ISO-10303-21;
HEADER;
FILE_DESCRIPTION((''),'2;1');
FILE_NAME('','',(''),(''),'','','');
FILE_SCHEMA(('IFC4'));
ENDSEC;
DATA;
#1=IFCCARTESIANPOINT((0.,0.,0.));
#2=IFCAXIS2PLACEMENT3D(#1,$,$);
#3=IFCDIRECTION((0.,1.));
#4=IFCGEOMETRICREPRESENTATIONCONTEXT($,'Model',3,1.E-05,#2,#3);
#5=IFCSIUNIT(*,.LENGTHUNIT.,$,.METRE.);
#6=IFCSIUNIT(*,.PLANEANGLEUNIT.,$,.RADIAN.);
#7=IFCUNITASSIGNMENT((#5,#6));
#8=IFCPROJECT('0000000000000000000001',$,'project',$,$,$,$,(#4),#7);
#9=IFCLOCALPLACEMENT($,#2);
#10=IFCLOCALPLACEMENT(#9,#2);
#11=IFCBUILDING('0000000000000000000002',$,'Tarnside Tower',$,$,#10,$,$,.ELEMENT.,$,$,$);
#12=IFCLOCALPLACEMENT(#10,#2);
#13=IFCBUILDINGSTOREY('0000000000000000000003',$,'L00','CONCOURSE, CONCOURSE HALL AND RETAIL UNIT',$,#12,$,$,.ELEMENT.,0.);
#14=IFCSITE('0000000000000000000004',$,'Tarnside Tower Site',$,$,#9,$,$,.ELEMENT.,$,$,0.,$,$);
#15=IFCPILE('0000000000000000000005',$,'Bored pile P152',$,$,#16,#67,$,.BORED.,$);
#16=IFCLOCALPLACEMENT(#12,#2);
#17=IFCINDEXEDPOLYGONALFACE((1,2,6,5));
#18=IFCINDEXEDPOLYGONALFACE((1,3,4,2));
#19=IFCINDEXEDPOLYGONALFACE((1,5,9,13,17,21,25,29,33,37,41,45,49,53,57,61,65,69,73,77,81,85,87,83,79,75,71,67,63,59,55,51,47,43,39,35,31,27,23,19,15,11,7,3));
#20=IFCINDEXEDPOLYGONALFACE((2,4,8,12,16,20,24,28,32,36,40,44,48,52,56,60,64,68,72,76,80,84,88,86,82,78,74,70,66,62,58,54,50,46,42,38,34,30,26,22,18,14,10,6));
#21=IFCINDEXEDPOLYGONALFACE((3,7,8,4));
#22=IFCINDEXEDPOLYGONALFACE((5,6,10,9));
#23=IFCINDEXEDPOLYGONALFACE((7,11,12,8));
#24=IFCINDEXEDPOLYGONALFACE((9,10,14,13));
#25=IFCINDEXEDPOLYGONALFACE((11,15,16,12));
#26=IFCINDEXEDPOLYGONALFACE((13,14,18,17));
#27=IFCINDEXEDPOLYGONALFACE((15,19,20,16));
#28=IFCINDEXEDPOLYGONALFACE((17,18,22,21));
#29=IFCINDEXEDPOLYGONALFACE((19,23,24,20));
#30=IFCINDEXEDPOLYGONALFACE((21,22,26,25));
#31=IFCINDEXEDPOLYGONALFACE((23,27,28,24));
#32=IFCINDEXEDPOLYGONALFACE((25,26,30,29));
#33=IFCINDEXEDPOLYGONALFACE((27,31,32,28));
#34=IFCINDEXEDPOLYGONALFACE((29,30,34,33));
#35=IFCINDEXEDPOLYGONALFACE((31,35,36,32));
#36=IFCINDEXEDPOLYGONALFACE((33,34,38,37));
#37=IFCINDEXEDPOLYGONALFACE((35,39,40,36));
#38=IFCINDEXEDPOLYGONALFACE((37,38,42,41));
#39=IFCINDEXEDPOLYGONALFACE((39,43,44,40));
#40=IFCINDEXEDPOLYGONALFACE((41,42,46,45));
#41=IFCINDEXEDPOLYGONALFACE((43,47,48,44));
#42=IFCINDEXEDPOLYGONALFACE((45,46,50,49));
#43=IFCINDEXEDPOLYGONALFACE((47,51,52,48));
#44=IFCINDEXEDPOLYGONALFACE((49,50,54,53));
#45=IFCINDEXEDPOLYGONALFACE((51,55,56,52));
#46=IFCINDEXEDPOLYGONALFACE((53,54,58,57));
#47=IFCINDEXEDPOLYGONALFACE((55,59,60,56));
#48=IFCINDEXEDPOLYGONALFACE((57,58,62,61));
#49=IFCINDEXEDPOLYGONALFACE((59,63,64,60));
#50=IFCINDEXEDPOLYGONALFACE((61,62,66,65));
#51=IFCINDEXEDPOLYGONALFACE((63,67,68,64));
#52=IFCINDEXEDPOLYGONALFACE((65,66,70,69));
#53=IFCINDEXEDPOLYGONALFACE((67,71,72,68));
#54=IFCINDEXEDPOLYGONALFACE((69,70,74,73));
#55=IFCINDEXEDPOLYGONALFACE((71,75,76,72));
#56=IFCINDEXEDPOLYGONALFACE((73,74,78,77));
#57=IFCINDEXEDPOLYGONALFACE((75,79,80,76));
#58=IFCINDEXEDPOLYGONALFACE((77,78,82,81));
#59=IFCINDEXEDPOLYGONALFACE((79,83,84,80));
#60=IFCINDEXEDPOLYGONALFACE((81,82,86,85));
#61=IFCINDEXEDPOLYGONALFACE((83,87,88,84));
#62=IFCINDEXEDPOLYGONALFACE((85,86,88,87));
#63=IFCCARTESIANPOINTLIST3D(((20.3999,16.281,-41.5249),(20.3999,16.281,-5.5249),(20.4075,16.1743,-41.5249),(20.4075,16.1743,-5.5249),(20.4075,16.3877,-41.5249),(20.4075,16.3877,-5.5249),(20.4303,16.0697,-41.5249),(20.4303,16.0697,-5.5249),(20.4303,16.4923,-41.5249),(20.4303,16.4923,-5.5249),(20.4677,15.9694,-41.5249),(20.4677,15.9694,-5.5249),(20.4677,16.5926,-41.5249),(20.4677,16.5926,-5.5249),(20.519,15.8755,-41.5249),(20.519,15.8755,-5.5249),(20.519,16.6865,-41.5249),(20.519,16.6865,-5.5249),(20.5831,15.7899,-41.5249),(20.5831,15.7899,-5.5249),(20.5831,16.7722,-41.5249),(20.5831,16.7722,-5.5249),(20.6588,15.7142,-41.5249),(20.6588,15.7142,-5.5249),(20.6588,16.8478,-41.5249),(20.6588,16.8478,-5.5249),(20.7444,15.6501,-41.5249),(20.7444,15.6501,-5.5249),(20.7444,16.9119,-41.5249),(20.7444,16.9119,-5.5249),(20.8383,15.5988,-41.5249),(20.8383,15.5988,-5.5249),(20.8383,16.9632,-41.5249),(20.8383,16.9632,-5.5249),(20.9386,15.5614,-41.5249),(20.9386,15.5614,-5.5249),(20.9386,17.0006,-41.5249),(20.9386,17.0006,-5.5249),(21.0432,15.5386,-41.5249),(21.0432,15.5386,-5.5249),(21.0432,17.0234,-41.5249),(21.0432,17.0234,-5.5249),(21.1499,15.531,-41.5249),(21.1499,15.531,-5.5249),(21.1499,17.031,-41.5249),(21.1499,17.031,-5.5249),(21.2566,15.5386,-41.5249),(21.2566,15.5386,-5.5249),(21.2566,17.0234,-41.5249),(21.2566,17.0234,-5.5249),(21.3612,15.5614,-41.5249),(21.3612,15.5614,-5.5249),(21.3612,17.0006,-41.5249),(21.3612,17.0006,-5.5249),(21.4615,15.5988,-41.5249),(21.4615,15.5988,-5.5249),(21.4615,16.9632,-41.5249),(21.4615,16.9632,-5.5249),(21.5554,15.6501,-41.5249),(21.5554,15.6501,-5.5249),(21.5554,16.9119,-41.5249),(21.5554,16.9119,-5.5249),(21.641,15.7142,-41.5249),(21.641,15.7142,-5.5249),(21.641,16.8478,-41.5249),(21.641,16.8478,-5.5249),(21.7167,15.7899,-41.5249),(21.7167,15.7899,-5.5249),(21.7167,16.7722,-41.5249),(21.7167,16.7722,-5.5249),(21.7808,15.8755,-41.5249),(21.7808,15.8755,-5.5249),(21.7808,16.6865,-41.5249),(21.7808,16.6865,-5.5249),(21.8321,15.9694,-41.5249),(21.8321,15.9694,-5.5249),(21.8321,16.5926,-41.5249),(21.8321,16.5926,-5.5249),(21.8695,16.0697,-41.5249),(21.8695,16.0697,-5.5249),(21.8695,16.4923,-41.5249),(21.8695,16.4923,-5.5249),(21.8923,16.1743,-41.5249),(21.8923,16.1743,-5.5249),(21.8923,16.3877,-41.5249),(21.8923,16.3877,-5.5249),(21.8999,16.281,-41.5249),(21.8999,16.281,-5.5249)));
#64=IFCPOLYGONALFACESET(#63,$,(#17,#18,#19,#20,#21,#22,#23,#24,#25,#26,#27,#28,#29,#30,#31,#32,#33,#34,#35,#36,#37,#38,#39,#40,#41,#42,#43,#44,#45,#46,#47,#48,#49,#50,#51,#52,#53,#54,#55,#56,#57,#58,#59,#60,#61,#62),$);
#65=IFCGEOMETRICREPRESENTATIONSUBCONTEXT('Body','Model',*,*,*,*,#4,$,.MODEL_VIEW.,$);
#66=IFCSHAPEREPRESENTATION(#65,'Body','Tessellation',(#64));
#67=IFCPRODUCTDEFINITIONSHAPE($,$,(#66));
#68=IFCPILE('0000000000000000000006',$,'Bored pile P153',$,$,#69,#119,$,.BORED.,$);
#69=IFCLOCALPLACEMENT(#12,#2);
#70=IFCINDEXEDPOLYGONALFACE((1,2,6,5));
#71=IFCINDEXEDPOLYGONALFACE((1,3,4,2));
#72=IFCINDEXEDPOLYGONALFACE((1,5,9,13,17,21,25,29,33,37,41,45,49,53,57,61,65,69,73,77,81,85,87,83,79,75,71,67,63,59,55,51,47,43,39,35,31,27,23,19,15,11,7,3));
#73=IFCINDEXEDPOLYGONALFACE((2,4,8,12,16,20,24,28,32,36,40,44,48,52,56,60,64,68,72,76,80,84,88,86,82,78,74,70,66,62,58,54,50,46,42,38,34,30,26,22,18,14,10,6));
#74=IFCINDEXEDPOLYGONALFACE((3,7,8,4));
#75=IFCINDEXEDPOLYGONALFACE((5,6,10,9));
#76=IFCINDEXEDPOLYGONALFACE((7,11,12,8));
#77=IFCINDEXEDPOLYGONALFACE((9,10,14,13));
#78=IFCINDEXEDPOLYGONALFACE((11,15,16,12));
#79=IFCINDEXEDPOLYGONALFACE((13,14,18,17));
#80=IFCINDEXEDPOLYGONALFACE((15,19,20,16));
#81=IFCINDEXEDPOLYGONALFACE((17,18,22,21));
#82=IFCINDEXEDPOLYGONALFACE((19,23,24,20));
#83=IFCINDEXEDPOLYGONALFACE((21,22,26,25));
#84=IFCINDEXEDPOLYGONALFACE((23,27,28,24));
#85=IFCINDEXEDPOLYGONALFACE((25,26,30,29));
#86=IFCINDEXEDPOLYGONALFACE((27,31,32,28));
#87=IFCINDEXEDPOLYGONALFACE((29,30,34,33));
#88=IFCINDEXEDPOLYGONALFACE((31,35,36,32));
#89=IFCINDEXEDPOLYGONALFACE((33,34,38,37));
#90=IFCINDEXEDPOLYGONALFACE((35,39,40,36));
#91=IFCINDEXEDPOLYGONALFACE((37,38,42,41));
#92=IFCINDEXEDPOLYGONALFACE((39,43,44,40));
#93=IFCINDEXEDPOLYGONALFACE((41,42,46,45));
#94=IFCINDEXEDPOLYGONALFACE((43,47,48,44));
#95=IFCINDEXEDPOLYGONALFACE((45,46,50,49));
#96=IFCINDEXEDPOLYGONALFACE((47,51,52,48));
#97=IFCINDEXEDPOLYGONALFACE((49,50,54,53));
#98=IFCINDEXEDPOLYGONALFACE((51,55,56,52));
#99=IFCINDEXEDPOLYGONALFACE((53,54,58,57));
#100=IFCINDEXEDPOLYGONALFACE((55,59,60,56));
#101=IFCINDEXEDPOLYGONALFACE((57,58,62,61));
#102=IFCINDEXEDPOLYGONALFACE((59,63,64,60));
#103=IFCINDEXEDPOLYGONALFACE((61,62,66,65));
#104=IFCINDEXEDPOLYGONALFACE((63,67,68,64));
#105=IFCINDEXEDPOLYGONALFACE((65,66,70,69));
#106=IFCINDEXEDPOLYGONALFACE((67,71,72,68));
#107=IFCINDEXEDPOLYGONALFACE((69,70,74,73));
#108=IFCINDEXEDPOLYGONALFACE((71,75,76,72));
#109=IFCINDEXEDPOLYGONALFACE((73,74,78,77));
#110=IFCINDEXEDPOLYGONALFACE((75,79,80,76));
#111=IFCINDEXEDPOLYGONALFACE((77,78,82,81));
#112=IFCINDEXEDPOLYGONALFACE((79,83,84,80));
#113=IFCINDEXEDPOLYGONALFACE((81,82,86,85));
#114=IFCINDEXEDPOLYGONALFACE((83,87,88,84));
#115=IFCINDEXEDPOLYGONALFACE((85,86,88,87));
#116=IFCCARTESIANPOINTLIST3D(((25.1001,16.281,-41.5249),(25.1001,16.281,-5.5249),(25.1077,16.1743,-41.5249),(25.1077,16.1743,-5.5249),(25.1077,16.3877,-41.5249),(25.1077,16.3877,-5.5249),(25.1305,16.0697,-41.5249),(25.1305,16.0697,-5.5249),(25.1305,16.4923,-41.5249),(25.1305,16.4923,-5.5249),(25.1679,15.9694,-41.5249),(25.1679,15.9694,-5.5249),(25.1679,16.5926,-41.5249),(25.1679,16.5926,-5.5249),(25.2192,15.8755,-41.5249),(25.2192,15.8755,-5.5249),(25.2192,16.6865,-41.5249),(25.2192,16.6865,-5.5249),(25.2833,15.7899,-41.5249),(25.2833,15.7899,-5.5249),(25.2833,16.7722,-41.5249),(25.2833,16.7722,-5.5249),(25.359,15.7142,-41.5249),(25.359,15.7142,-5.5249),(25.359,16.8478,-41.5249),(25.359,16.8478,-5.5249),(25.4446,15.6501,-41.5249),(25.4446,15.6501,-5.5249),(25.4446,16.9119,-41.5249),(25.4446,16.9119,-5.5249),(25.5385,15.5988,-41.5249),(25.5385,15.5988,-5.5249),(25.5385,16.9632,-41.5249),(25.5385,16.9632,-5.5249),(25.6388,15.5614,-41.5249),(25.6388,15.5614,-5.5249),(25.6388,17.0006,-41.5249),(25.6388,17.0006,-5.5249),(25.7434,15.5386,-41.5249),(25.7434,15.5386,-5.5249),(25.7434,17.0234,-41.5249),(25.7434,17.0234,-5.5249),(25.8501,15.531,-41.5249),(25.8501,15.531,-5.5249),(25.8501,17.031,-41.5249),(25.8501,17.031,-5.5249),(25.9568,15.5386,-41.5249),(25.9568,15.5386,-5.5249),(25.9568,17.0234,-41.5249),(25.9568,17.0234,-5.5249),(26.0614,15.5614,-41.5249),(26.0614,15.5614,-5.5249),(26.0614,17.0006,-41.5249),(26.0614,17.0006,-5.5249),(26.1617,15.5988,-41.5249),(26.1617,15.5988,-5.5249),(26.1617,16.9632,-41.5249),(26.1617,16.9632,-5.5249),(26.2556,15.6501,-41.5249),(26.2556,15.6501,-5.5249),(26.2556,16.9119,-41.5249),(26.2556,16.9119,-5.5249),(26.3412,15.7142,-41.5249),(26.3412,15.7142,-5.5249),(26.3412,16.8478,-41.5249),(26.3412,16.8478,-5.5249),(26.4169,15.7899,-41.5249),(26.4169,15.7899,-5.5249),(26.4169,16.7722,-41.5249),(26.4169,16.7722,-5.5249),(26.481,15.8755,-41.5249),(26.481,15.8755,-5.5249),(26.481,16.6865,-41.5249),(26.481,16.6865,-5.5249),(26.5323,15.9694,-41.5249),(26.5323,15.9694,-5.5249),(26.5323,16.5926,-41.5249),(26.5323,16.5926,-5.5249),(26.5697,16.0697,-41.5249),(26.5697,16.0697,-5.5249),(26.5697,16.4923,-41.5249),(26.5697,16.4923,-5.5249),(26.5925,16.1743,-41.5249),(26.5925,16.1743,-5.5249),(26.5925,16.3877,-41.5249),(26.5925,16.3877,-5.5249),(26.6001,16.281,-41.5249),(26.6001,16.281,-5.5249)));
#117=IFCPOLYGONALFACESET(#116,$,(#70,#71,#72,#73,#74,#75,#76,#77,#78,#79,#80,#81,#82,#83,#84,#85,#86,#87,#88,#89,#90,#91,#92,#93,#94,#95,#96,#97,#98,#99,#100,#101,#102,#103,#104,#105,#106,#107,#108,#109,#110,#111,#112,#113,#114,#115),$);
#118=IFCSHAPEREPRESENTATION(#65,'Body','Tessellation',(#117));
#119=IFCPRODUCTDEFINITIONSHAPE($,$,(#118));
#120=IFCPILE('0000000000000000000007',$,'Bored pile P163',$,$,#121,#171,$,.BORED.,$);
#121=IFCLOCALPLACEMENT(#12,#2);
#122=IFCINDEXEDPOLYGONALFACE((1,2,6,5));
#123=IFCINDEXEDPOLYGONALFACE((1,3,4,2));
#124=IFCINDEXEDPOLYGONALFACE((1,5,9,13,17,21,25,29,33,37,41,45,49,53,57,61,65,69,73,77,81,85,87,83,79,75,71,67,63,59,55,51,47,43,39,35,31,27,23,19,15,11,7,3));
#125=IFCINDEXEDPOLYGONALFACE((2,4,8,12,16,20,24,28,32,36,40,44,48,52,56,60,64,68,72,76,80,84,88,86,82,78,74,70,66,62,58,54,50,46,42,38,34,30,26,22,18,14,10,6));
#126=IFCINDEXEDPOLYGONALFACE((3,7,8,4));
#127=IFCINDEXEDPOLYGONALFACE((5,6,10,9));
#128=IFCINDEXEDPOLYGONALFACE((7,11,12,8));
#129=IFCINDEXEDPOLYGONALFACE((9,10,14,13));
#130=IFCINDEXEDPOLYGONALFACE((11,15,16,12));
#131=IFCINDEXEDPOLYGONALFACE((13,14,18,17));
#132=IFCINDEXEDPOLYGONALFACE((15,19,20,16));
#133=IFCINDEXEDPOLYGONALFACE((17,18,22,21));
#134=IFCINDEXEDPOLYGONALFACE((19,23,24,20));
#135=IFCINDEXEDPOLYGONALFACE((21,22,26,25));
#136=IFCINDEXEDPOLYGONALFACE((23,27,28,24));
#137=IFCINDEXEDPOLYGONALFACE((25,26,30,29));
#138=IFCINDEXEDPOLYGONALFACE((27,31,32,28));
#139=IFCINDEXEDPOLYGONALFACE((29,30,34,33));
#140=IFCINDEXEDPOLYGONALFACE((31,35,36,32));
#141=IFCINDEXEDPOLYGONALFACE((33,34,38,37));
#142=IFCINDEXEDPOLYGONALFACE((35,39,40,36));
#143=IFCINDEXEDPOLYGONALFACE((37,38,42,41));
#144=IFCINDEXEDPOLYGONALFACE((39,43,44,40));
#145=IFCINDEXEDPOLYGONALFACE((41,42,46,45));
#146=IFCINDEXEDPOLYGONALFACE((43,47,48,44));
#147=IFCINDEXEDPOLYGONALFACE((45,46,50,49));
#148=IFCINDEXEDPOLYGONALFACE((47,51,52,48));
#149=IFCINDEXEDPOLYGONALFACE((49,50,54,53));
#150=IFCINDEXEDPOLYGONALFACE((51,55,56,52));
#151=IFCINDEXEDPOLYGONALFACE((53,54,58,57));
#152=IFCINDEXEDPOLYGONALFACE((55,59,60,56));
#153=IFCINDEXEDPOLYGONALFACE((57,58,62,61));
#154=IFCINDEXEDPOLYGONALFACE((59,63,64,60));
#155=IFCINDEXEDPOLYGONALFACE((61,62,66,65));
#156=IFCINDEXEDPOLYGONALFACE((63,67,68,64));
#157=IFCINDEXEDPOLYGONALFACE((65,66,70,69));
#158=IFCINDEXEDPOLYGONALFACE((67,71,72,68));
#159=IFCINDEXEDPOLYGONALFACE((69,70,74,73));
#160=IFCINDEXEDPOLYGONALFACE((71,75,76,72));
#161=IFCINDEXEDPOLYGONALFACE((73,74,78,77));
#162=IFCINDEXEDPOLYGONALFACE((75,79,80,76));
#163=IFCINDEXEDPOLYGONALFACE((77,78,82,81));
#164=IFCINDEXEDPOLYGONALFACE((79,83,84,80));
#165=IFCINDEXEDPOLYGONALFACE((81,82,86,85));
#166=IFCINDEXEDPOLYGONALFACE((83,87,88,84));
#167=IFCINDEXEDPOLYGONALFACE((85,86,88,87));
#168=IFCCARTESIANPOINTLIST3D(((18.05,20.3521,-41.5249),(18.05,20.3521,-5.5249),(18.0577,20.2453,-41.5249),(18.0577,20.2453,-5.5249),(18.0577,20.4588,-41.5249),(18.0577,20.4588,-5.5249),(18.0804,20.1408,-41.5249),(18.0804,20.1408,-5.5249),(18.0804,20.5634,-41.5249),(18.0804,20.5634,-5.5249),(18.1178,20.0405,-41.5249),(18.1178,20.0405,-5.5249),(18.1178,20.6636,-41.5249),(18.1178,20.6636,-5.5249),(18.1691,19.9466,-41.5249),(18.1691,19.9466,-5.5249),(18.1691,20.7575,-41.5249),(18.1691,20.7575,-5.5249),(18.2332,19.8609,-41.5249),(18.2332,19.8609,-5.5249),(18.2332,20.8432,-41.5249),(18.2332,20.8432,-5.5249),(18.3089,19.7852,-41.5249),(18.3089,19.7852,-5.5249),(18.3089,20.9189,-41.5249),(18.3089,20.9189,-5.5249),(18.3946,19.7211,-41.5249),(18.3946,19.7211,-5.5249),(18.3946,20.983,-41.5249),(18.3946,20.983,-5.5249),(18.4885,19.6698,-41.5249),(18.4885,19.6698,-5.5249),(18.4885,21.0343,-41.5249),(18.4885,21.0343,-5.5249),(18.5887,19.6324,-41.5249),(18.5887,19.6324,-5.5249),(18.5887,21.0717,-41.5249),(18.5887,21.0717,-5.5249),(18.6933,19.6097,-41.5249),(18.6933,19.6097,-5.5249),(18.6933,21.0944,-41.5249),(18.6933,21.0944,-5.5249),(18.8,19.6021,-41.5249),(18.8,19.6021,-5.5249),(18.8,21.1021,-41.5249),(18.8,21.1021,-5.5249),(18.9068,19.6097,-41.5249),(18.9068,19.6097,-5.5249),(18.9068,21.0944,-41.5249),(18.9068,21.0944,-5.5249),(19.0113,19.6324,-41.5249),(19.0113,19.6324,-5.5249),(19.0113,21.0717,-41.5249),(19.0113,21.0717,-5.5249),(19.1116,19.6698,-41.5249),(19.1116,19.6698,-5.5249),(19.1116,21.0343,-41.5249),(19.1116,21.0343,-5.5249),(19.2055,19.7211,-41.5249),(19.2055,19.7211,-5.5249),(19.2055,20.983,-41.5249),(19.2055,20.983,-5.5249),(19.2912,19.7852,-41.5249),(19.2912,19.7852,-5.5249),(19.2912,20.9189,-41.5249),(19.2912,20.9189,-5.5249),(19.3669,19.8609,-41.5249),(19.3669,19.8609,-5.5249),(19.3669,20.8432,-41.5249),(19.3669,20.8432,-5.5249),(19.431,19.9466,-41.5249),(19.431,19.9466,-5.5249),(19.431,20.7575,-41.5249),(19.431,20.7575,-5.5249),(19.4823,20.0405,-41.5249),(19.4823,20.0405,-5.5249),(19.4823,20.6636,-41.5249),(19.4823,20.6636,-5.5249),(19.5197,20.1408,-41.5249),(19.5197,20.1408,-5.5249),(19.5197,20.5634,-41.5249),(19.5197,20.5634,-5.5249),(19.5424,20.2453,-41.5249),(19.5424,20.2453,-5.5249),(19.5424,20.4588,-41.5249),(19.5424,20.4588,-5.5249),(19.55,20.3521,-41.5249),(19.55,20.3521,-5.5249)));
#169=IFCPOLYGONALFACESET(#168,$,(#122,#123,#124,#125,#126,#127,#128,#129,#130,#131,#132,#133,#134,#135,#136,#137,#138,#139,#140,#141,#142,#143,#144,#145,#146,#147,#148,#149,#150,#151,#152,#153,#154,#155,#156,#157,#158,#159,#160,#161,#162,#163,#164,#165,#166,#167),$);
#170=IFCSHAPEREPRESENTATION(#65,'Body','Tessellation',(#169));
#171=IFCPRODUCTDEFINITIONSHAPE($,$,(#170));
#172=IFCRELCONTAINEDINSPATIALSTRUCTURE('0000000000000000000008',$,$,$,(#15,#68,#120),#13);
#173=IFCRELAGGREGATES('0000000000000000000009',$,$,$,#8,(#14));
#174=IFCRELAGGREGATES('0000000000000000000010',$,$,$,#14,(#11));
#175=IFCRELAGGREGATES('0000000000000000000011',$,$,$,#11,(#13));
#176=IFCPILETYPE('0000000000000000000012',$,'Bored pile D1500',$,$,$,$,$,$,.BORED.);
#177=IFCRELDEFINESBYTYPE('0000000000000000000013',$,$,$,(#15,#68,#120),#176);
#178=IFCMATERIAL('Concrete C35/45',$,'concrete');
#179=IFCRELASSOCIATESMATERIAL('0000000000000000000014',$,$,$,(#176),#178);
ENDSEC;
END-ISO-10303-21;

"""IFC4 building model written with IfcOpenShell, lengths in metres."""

from ifc_helpers import new_model, si_unit, direction, frame, origin, origin_2d, place, context, subcontext, project, spatial, circle, extrude, material, material_profile, profile_set, type_object, element, save


model = new_model("IFC4")

# Units and contexts
model_context = context("Model", 3, precision=1e-05, world=origin(), true_north=direction((0.0, 1.0)))
body_context = subcontext(model_context, "Body", "Model", "MODEL_VIEW")
ifc_project = project(units=[si_unit("LENGTHUNIT", "METRE"), si_unit("PLANEANGLEUNIT", "RADIAN")], contexts=[model_context])

# Site, building, storey
site_placement = place(None, origin())
site = spatial("IfcSite", under=ifc_project, at=site_placement, Name="Tarnside Tower Site", CompositionType="ELEMENT", RefElevation=0.0)
building_placement = place(site_placement, origin())
building = spatial("IfcBuilding", under=site, at=building_placement, Name="Tarnside Tower", CompositionType="ELEMENT")
storey_placement = place(building_placement, origin())
storey = spatial("IfcBuildingStorey", under=building, at=storey_placement, Name="L00", Description="CONCOURSE, CONCOURSE HALL AND RETAIL UNIT", CompositionType="ELEMENT", Elevation=0.0)

# Piles
ifc_material_1 = material(Name="Concrete C35/45", Category="concrete")
ifc_material_profile_1 = material_profile(ifc_material_1, circle(Radius=0.75, at=origin_2d()), Name="Bored pile D1500")
ifc_profile_set_1 = profile_set([ifc_material_profile_1], Name="Concrete C35/45")
pile_type = type_object("IfcPileType", Name="Bored pile D1500", PredefinedType="BORED", material=ifc_profile_set_1)
for number, where, z_axis, x_axis, name in (
    (1, (21.1499, 16.281, -5.5249), (0.0, 0.0, -1.0), (1.0, 0.0, 0.0), "Bored pile P152"),
    (2, (25.8501, 16.281, -5.5249), (0.0, 0.0, -1.0), (1.0, 0.0, 0.0), "Bored pile P153"),
    (3, (18.8, 20.3521, -5.5249), (0.0, 0.0, -1.0), (1.0, 0.0, 0.0), "Bored pile P163"),
):
    element("IfcPile", number, at=place(storey_placement, frame(where, z_axis=z_axis, x_axis=x_axis)), inside=storey, type_object=pile_type, Name=name, PredefinedType="BORED", context=body_context, shape_type="SweptSolid", body=[
        extrude(circle(Radius=0.75, at=origin_2d()), origin(), (0.0, 0.0, 1.0), 36.0),
    ])

save(model, "model.ifc")
